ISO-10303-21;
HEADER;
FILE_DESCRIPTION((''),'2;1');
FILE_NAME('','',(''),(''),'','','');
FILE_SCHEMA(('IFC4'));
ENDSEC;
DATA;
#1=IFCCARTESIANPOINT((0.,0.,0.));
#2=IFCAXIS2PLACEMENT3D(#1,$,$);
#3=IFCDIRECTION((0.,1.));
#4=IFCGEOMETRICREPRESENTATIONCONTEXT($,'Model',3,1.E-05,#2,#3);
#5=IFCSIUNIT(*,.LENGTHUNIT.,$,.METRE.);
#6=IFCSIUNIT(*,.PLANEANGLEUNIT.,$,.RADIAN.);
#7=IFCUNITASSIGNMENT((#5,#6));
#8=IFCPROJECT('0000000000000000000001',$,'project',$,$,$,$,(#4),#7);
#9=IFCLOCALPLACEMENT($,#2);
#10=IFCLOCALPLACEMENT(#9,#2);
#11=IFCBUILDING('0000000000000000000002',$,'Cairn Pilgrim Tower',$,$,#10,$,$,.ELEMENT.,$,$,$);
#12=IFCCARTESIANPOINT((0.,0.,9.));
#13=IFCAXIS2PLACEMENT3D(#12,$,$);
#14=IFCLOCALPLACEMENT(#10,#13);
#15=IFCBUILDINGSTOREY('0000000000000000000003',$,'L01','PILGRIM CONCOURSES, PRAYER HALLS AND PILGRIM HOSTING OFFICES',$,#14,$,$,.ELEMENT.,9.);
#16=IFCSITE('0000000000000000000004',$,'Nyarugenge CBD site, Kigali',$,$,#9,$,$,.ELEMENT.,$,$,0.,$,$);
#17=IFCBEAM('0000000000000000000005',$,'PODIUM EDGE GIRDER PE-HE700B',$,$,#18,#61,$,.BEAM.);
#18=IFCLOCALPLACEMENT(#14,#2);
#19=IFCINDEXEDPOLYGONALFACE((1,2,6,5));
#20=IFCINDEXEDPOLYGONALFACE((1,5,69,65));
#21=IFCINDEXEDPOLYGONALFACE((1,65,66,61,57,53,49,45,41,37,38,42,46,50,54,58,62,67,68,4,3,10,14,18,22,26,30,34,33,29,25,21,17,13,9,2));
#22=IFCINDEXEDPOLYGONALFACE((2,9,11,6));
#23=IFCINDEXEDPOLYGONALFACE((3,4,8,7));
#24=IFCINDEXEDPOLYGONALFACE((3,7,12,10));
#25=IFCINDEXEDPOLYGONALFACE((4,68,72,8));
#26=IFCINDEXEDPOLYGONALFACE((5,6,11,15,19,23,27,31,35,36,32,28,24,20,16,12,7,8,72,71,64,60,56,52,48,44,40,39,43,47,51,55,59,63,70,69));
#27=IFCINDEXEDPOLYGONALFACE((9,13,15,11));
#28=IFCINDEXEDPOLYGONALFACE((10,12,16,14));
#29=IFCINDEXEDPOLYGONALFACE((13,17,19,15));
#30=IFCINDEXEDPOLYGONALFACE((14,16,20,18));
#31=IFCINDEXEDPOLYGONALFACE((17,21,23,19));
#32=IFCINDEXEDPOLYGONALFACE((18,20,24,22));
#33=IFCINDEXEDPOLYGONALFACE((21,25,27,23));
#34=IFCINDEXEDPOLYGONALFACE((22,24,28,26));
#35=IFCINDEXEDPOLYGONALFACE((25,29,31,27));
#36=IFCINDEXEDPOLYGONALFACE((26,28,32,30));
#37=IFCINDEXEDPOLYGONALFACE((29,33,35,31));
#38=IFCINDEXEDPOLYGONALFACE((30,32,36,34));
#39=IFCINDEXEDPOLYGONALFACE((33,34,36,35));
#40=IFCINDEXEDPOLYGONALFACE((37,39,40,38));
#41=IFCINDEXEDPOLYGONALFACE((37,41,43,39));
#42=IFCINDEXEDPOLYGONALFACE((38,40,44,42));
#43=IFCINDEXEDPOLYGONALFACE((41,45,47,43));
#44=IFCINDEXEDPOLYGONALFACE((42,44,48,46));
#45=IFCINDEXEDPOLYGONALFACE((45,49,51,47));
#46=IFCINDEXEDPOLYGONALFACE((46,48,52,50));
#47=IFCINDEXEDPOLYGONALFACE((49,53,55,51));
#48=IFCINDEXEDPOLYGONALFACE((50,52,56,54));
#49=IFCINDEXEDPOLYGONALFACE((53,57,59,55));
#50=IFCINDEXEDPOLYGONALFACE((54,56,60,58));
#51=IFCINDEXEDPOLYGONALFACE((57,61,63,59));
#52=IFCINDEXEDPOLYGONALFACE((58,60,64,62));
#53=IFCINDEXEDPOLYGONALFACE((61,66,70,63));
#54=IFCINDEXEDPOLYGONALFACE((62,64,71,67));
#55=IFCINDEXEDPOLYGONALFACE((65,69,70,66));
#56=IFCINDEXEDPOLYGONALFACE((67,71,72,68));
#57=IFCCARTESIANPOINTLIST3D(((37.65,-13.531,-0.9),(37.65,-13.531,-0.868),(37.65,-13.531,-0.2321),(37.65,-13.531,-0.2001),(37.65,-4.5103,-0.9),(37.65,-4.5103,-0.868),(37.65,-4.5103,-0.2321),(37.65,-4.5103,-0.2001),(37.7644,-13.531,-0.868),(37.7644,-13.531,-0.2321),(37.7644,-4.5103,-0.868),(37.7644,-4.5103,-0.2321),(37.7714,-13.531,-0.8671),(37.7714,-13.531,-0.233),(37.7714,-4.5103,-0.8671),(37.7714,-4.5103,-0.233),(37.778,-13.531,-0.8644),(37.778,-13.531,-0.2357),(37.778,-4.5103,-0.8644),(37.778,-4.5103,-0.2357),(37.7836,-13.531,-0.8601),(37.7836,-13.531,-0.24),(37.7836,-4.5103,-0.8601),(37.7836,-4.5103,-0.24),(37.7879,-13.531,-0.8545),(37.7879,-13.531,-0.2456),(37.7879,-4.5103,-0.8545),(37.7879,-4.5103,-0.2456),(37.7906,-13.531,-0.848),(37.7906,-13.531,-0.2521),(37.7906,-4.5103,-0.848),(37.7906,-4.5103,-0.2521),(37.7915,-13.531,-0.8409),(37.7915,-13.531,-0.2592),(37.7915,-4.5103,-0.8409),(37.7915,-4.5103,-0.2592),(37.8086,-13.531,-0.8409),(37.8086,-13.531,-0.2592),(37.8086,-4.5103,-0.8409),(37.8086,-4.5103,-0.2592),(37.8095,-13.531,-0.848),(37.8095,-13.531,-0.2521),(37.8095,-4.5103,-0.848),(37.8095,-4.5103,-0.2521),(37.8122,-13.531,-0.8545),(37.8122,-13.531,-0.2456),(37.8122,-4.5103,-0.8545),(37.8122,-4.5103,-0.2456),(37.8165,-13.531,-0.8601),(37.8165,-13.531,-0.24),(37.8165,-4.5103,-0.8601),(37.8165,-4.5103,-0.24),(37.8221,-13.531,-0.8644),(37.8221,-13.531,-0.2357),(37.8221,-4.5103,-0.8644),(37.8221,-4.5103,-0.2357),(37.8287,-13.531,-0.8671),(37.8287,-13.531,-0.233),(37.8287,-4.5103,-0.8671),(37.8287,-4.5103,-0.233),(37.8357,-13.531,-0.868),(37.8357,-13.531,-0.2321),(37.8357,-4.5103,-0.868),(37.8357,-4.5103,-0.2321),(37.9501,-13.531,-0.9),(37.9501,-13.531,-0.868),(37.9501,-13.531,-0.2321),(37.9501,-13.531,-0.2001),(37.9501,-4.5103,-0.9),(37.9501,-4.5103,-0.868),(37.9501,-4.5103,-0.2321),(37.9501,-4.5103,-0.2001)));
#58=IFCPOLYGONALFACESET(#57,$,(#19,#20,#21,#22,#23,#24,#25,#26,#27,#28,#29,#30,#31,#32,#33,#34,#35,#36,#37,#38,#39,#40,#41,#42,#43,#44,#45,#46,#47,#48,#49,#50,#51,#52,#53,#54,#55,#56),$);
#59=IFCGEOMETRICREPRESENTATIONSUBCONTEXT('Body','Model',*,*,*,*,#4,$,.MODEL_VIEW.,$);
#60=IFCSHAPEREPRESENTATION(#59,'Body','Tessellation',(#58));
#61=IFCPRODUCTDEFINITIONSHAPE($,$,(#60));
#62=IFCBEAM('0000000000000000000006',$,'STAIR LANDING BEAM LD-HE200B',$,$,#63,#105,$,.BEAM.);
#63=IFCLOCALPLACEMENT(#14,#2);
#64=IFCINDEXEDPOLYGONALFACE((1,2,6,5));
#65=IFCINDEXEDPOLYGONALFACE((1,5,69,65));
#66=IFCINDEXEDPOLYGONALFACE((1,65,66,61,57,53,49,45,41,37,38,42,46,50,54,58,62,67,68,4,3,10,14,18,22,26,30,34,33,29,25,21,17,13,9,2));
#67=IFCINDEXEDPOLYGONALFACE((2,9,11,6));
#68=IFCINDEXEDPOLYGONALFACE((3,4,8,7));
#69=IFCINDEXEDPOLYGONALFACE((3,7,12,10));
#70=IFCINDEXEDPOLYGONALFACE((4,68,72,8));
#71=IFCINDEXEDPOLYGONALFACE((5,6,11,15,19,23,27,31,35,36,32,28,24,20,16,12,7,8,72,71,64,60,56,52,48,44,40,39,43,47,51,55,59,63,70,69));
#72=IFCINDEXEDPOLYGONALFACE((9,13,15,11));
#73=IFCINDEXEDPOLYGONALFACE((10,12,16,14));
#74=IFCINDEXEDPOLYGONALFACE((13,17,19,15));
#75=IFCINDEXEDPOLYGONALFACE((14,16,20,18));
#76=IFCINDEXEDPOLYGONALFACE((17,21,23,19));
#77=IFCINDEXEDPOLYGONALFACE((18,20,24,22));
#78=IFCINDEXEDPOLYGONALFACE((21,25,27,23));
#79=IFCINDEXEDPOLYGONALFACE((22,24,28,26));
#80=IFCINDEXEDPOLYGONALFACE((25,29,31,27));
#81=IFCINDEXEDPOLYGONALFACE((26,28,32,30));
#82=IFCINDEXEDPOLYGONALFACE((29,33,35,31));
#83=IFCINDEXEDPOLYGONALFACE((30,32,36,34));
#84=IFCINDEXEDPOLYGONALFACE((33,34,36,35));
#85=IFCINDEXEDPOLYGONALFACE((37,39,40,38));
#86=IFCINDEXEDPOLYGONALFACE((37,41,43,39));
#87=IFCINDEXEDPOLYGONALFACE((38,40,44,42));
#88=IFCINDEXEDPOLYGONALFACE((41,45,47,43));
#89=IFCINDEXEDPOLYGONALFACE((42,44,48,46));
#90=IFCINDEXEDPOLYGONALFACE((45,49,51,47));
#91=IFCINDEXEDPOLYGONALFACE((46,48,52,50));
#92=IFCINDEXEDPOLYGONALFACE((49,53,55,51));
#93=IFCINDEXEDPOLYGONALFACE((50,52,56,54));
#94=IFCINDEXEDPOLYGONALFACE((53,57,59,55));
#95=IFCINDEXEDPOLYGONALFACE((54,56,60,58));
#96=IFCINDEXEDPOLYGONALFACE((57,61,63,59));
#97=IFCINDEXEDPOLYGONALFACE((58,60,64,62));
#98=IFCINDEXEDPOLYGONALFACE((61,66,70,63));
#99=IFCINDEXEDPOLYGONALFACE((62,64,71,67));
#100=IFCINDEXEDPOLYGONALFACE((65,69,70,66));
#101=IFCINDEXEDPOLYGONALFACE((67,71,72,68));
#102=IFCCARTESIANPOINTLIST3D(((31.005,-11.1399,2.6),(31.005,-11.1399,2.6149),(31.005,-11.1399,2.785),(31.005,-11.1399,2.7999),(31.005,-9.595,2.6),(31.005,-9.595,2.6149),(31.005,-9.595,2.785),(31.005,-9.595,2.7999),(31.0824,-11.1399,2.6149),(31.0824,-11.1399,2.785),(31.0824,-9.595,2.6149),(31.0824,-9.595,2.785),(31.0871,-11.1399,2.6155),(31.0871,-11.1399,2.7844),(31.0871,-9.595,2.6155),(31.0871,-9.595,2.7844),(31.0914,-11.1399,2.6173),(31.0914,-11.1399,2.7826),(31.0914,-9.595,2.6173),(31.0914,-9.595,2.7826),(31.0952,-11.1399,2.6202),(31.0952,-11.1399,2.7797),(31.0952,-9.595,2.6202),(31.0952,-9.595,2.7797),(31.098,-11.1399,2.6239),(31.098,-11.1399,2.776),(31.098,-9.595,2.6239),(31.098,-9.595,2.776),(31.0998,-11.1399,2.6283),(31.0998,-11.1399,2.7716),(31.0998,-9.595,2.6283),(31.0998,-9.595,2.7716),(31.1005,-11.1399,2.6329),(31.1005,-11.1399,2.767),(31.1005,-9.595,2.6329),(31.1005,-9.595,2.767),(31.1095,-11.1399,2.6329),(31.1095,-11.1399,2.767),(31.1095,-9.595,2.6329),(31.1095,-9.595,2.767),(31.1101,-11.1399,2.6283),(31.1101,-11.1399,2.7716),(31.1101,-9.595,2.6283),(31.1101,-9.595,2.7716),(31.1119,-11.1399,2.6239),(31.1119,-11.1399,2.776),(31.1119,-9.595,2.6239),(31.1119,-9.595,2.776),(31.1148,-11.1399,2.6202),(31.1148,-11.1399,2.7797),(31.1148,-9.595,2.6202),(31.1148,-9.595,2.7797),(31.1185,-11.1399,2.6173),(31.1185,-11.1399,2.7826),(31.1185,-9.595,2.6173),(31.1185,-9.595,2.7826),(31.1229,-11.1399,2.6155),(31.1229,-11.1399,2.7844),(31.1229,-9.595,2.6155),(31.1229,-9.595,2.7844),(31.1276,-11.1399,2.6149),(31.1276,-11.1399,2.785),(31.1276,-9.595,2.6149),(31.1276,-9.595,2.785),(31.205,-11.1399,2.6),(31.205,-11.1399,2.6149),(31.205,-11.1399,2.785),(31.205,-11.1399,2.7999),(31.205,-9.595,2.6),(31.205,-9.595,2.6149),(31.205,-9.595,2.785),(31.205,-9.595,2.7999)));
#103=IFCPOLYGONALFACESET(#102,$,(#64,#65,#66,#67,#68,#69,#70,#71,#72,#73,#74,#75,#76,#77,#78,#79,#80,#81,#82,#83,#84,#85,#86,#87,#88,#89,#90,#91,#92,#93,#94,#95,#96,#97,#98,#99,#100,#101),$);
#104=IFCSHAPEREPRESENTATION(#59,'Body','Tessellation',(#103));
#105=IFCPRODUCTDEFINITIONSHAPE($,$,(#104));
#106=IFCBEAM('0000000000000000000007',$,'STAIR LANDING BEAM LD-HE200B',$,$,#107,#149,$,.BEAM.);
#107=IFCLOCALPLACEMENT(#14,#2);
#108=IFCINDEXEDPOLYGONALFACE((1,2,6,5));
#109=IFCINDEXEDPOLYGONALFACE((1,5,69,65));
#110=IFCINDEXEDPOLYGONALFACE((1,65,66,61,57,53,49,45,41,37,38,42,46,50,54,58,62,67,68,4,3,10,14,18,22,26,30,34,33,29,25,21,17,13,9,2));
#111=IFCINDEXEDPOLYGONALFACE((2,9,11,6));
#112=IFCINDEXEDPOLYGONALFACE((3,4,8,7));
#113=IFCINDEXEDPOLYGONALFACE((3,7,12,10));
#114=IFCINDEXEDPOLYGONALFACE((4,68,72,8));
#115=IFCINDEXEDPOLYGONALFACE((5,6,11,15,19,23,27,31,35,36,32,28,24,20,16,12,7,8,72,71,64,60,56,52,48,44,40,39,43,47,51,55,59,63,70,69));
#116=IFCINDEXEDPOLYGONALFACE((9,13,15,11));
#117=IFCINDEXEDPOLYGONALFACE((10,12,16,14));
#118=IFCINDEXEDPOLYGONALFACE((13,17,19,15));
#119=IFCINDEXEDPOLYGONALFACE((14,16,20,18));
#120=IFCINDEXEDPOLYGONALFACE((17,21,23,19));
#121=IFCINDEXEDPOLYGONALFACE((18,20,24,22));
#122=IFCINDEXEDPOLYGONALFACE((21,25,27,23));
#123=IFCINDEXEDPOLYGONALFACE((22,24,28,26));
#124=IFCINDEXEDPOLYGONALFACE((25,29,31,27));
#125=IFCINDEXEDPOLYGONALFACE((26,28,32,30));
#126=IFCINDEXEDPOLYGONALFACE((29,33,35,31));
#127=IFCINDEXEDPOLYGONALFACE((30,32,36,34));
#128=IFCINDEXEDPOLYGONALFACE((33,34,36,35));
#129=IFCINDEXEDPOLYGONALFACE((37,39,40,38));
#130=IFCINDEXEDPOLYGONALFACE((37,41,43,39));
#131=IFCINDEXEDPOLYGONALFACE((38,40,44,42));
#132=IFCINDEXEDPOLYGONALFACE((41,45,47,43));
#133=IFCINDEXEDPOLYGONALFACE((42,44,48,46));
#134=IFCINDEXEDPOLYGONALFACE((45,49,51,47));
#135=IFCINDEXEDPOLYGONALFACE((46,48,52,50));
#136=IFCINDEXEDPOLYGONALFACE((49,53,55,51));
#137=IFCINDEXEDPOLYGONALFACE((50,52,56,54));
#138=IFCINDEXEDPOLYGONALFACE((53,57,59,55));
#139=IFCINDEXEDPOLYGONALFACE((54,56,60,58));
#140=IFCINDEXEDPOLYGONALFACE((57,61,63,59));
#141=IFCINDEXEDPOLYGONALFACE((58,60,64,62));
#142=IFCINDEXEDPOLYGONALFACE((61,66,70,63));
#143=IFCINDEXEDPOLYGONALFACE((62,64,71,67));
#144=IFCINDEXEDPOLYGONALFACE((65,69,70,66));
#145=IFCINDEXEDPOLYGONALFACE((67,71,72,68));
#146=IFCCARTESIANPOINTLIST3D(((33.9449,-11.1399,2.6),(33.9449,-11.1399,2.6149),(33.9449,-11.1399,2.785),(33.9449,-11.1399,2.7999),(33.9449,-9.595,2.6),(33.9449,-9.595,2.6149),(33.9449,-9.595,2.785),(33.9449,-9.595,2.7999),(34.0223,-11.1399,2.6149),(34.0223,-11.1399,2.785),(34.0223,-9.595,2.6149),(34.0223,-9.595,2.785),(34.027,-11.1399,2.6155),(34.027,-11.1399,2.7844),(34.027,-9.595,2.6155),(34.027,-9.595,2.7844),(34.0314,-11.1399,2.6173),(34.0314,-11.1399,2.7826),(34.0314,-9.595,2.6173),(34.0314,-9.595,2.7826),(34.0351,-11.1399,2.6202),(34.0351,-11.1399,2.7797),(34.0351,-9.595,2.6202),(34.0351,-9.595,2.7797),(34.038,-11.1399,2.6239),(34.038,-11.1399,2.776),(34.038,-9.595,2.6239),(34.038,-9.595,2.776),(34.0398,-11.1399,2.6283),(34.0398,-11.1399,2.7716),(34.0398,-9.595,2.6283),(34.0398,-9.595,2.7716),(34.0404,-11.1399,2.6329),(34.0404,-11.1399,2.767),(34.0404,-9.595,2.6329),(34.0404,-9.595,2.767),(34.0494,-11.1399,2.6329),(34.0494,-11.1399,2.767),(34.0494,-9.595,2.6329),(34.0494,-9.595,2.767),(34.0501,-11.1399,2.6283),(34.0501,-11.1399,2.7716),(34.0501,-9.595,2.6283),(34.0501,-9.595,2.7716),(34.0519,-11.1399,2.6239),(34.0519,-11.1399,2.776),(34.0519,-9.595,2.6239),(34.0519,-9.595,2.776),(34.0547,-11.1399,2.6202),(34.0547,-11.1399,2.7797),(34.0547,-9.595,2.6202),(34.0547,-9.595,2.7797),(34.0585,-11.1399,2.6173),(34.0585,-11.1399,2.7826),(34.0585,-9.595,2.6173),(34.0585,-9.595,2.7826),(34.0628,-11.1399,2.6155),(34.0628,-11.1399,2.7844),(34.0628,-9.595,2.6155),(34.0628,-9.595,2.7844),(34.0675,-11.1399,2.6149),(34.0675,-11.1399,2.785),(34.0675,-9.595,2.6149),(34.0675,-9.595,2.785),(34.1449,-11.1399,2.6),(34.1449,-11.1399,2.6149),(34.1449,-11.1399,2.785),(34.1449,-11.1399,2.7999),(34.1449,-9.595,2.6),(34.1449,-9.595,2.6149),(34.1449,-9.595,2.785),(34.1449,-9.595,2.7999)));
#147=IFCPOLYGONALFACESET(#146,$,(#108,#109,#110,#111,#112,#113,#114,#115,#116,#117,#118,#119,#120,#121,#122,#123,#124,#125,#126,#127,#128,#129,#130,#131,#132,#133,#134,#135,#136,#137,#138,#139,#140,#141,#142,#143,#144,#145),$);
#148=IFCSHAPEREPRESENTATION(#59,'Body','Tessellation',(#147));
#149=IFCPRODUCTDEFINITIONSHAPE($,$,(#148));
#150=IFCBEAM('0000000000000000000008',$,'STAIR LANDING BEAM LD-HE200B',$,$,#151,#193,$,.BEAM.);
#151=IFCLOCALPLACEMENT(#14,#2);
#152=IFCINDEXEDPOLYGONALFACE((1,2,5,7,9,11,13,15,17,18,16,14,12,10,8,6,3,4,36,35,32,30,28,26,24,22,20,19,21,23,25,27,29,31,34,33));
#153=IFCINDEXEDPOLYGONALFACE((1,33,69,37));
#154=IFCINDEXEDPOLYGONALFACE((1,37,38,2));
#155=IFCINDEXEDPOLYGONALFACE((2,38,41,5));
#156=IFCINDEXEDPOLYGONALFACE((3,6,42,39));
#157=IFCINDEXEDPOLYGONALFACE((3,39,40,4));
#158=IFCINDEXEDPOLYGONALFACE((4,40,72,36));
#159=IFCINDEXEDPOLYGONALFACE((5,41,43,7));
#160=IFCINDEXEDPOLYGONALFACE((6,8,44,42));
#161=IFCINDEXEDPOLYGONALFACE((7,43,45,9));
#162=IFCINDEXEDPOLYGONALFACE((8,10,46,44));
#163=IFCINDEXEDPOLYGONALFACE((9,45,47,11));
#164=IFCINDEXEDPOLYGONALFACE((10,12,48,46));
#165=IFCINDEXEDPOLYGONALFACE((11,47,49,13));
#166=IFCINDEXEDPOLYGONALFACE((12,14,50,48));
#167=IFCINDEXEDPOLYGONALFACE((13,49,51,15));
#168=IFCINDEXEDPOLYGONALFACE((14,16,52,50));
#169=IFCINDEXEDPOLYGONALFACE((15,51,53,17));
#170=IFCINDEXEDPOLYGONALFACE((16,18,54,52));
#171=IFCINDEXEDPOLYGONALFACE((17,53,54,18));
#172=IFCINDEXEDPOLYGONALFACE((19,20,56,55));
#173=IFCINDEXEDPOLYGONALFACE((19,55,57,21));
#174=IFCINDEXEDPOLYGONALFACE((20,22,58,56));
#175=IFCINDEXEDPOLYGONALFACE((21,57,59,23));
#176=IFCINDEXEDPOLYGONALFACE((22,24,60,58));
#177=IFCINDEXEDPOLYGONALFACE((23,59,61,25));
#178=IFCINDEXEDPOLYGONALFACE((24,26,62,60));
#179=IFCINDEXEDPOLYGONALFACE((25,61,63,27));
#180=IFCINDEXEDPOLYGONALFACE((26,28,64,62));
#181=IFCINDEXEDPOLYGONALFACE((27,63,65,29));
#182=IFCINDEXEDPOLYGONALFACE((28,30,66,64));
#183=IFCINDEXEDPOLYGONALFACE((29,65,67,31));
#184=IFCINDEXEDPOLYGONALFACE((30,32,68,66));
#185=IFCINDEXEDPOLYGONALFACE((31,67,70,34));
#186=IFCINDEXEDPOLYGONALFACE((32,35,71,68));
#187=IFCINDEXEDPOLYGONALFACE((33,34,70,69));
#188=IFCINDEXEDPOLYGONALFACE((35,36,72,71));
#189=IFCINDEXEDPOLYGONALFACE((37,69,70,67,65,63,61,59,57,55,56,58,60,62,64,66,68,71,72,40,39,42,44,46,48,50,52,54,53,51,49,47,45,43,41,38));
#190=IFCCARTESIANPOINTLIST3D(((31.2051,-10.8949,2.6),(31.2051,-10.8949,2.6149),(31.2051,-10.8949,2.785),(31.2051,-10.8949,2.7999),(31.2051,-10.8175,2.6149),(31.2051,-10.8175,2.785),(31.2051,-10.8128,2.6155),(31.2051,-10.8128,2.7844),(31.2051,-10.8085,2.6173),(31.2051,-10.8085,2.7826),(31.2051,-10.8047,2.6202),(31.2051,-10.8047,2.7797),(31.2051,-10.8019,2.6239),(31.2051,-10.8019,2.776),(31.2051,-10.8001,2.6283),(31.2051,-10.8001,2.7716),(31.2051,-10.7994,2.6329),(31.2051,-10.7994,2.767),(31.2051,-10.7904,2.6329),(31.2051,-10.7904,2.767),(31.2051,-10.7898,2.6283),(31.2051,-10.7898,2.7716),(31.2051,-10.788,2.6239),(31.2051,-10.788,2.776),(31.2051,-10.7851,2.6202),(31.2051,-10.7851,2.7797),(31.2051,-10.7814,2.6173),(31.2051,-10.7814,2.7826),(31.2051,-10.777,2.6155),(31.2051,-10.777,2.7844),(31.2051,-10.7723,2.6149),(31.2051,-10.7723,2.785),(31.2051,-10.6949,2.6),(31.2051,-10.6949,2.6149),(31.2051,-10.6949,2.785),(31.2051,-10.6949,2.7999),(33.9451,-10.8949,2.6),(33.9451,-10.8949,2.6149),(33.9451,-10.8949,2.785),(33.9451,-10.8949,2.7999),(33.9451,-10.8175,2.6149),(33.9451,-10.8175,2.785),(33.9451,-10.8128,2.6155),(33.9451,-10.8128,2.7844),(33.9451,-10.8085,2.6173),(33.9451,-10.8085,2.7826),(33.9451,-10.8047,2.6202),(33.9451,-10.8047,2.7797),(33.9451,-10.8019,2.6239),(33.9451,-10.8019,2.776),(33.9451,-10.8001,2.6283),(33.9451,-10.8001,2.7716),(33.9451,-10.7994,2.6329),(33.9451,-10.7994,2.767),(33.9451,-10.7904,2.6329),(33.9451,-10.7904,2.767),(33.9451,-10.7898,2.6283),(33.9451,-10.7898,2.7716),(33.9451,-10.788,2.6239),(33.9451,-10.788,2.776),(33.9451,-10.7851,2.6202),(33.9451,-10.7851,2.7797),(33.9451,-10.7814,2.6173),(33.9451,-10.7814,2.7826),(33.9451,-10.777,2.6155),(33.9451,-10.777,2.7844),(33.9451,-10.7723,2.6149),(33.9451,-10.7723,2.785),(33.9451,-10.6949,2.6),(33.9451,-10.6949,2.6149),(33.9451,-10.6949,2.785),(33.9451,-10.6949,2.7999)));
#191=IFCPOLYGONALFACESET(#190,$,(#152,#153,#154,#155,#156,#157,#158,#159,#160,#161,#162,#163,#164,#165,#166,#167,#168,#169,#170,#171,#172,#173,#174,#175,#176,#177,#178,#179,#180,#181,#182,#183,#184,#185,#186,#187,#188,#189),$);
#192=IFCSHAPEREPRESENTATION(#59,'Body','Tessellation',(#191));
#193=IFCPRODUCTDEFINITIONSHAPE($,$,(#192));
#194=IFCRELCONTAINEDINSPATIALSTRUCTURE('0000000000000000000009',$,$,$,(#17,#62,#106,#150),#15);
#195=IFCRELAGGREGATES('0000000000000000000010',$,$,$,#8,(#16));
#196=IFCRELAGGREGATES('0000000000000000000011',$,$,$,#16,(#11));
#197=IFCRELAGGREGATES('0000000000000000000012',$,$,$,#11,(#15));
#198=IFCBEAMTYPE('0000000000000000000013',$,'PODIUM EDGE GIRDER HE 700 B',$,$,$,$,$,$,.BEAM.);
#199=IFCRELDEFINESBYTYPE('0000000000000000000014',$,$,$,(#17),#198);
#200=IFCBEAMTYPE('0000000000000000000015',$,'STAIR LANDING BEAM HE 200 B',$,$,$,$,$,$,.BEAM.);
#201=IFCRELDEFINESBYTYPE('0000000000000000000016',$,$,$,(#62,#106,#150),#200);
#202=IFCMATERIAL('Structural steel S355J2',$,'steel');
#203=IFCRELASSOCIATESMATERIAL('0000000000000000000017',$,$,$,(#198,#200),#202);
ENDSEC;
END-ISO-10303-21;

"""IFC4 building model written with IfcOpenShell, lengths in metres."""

from ifc_helpers import new_model, si_unit, direction, frame, origin, origin_2d, place, context, subcontext, project, spatial, i_section, extrude, material, material_profile, profile_set, type_object, element, save


model = new_model("IFC4")

# Units and contexts
model_context = context("Model", 3, precision=1e-05, world=origin(), true_north=direction((0.0, 1.0)))
body_context = subcontext(model_context, "Body", "Model", "MODEL_VIEW")
ifc_project = project(units=[si_unit("LENGTHUNIT", "METRE"), si_unit("PLANEANGLEUNIT", "RADIAN")], contexts=[model_context])

# Site, building, storey
site_placement = place(None, origin())
site = spatial("IfcSite", under=ifc_project, at=site_placement, Name="Nyarugenge CBD site, Kigali", CompositionType="ELEMENT", RefElevation=0.0)
building_placement = place(site_placement, origin())
building = spatial("IfcBuilding", under=site, at=building_placement, Name="Cairn Pilgrim Tower", CompositionType="ELEMENT")
storey_placement = place(building_placement, frame((0.0, 0.0, 9.0)))
storey = spatial("IfcBuildingStorey", under=building, at=storey_placement, Name="L01", Description="PILGRIM CONCOURSES, PRAYER HALLS AND PILGRIM HOSTING OFFICES", CompositionType="ELEMENT", Elevation=9.0)

# Shared definitions
ifc_material_1 = material(Name="Structural steel S355J2", Category="steel")

# Beams
ifc_material_profile_1 = material_profile(ifc_material_1, i_section(OverallWidth=0.3, OverallDepth=0.7, WebThickness=0.0171, FlangeThickness=0.032, FilletRadius=0.0271, at=origin_2d()), Name="HEB 700")
ifc_profile_set_1 = profile_set([ifc_material_profile_1], Name="Structural steel S355J2")
beam_type_1 = type_object("IfcBeamType", Name="PODIUM EDGE GIRDER HE 700 B", PredefinedType="BEAM", material=ifc_profile_set_1)
beam_1_placement = place(storey_placement, frame((37.8, -13.531, -0.55), z_axis=(0.0, 1.0, 0.0), x_axis=(-1.0, 0.0, 0.0)))
element("IfcBeam", 1, at=beam_1_placement, inside=storey, type_object=beam_type_1, Name="PODIUM EDGE GIRDER PE-HE700B", PredefinedType="BEAM", context=body_context, shape_type="SweptSolid", body=[
    extrude(i_section(OverallWidth=0.3, OverallDepth=0.7, WebThickness=0.0171, FlangeThickness=0.032, FilletRadius=0.0271, at=origin_2d()), origin(), (0.0, 0.0, 1.0), 9.0208),
])
ifc_material_profile_2 = material_profile(ifc_material_1, i_section(OverallWidth=0.2, OverallDepth=0.2, WebThickness=0.009, FlangeThickness=0.0149, FilletRadius=0.0181, at=origin_2d()), Name="HE 200 B")
ifc_profile_set_2 = profile_set([ifc_material_profile_2], Name="Structural steel S355J2")
beam_type_2 = type_object("IfcBeamType", Name="STAIR LANDING BEAM HE 200 B", PredefinedType="BEAM", material=ifc_profile_set_2)
for number, where, z_axis, x_axis, name in (
    (2, (31.105, -11.1399, 2.7), (0.0, 1.0, 0.0), (-1.0, 0.0, 0.0), "STAIR LANDING BEAM LD-HE200B"),
    (3, (34.0449, -11.1399, 2.7), (0.0, 1.0, 0.0), (-1.0, 0.0, 0.0), "STAIR LANDING BEAM LD-HE200B"),
):
    element("IfcBeam", number, at=place(storey_placement, frame(where, z_axis=z_axis, x_axis=x_axis)), inside=storey, type_object=beam_type_2, Name=name, PredefinedType="BEAM", context=body_context, shape_type="SweptSolid", body=[
        extrude(i_section(OverallWidth=0.2, OverallDepth=0.2, WebThickness=0.009, FlangeThickness=0.0149, FilletRadius=0.0181, at=origin_2d()), origin(), (0.0, 0.0, 1.0), 1.5449),
    ])
beam_2_placement = place(storey_placement, frame((31.2051, -10.7949, 2.7), z_axis=(1.0, 0.0, 0.0), x_axis=(0.0, 1.0, 0.0)))
element("IfcBeam", 4, at=beam_2_placement, inside=storey, type_object=beam_type_2, Name="STAIR LANDING BEAM LD-HE200B", PredefinedType="BEAM", context=body_context, shape_type="SweptSolid", body=[
    extrude(i_section(OverallWidth=0.2, OverallDepth=0.2, WebThickness=0.009, FlangeThickness=0.0149, FilletRadius=0.0181, at=origin_2d()), origin(), (0.0, 0.0, 1.0), 2.74),
])

save(model, "model.ifc")
